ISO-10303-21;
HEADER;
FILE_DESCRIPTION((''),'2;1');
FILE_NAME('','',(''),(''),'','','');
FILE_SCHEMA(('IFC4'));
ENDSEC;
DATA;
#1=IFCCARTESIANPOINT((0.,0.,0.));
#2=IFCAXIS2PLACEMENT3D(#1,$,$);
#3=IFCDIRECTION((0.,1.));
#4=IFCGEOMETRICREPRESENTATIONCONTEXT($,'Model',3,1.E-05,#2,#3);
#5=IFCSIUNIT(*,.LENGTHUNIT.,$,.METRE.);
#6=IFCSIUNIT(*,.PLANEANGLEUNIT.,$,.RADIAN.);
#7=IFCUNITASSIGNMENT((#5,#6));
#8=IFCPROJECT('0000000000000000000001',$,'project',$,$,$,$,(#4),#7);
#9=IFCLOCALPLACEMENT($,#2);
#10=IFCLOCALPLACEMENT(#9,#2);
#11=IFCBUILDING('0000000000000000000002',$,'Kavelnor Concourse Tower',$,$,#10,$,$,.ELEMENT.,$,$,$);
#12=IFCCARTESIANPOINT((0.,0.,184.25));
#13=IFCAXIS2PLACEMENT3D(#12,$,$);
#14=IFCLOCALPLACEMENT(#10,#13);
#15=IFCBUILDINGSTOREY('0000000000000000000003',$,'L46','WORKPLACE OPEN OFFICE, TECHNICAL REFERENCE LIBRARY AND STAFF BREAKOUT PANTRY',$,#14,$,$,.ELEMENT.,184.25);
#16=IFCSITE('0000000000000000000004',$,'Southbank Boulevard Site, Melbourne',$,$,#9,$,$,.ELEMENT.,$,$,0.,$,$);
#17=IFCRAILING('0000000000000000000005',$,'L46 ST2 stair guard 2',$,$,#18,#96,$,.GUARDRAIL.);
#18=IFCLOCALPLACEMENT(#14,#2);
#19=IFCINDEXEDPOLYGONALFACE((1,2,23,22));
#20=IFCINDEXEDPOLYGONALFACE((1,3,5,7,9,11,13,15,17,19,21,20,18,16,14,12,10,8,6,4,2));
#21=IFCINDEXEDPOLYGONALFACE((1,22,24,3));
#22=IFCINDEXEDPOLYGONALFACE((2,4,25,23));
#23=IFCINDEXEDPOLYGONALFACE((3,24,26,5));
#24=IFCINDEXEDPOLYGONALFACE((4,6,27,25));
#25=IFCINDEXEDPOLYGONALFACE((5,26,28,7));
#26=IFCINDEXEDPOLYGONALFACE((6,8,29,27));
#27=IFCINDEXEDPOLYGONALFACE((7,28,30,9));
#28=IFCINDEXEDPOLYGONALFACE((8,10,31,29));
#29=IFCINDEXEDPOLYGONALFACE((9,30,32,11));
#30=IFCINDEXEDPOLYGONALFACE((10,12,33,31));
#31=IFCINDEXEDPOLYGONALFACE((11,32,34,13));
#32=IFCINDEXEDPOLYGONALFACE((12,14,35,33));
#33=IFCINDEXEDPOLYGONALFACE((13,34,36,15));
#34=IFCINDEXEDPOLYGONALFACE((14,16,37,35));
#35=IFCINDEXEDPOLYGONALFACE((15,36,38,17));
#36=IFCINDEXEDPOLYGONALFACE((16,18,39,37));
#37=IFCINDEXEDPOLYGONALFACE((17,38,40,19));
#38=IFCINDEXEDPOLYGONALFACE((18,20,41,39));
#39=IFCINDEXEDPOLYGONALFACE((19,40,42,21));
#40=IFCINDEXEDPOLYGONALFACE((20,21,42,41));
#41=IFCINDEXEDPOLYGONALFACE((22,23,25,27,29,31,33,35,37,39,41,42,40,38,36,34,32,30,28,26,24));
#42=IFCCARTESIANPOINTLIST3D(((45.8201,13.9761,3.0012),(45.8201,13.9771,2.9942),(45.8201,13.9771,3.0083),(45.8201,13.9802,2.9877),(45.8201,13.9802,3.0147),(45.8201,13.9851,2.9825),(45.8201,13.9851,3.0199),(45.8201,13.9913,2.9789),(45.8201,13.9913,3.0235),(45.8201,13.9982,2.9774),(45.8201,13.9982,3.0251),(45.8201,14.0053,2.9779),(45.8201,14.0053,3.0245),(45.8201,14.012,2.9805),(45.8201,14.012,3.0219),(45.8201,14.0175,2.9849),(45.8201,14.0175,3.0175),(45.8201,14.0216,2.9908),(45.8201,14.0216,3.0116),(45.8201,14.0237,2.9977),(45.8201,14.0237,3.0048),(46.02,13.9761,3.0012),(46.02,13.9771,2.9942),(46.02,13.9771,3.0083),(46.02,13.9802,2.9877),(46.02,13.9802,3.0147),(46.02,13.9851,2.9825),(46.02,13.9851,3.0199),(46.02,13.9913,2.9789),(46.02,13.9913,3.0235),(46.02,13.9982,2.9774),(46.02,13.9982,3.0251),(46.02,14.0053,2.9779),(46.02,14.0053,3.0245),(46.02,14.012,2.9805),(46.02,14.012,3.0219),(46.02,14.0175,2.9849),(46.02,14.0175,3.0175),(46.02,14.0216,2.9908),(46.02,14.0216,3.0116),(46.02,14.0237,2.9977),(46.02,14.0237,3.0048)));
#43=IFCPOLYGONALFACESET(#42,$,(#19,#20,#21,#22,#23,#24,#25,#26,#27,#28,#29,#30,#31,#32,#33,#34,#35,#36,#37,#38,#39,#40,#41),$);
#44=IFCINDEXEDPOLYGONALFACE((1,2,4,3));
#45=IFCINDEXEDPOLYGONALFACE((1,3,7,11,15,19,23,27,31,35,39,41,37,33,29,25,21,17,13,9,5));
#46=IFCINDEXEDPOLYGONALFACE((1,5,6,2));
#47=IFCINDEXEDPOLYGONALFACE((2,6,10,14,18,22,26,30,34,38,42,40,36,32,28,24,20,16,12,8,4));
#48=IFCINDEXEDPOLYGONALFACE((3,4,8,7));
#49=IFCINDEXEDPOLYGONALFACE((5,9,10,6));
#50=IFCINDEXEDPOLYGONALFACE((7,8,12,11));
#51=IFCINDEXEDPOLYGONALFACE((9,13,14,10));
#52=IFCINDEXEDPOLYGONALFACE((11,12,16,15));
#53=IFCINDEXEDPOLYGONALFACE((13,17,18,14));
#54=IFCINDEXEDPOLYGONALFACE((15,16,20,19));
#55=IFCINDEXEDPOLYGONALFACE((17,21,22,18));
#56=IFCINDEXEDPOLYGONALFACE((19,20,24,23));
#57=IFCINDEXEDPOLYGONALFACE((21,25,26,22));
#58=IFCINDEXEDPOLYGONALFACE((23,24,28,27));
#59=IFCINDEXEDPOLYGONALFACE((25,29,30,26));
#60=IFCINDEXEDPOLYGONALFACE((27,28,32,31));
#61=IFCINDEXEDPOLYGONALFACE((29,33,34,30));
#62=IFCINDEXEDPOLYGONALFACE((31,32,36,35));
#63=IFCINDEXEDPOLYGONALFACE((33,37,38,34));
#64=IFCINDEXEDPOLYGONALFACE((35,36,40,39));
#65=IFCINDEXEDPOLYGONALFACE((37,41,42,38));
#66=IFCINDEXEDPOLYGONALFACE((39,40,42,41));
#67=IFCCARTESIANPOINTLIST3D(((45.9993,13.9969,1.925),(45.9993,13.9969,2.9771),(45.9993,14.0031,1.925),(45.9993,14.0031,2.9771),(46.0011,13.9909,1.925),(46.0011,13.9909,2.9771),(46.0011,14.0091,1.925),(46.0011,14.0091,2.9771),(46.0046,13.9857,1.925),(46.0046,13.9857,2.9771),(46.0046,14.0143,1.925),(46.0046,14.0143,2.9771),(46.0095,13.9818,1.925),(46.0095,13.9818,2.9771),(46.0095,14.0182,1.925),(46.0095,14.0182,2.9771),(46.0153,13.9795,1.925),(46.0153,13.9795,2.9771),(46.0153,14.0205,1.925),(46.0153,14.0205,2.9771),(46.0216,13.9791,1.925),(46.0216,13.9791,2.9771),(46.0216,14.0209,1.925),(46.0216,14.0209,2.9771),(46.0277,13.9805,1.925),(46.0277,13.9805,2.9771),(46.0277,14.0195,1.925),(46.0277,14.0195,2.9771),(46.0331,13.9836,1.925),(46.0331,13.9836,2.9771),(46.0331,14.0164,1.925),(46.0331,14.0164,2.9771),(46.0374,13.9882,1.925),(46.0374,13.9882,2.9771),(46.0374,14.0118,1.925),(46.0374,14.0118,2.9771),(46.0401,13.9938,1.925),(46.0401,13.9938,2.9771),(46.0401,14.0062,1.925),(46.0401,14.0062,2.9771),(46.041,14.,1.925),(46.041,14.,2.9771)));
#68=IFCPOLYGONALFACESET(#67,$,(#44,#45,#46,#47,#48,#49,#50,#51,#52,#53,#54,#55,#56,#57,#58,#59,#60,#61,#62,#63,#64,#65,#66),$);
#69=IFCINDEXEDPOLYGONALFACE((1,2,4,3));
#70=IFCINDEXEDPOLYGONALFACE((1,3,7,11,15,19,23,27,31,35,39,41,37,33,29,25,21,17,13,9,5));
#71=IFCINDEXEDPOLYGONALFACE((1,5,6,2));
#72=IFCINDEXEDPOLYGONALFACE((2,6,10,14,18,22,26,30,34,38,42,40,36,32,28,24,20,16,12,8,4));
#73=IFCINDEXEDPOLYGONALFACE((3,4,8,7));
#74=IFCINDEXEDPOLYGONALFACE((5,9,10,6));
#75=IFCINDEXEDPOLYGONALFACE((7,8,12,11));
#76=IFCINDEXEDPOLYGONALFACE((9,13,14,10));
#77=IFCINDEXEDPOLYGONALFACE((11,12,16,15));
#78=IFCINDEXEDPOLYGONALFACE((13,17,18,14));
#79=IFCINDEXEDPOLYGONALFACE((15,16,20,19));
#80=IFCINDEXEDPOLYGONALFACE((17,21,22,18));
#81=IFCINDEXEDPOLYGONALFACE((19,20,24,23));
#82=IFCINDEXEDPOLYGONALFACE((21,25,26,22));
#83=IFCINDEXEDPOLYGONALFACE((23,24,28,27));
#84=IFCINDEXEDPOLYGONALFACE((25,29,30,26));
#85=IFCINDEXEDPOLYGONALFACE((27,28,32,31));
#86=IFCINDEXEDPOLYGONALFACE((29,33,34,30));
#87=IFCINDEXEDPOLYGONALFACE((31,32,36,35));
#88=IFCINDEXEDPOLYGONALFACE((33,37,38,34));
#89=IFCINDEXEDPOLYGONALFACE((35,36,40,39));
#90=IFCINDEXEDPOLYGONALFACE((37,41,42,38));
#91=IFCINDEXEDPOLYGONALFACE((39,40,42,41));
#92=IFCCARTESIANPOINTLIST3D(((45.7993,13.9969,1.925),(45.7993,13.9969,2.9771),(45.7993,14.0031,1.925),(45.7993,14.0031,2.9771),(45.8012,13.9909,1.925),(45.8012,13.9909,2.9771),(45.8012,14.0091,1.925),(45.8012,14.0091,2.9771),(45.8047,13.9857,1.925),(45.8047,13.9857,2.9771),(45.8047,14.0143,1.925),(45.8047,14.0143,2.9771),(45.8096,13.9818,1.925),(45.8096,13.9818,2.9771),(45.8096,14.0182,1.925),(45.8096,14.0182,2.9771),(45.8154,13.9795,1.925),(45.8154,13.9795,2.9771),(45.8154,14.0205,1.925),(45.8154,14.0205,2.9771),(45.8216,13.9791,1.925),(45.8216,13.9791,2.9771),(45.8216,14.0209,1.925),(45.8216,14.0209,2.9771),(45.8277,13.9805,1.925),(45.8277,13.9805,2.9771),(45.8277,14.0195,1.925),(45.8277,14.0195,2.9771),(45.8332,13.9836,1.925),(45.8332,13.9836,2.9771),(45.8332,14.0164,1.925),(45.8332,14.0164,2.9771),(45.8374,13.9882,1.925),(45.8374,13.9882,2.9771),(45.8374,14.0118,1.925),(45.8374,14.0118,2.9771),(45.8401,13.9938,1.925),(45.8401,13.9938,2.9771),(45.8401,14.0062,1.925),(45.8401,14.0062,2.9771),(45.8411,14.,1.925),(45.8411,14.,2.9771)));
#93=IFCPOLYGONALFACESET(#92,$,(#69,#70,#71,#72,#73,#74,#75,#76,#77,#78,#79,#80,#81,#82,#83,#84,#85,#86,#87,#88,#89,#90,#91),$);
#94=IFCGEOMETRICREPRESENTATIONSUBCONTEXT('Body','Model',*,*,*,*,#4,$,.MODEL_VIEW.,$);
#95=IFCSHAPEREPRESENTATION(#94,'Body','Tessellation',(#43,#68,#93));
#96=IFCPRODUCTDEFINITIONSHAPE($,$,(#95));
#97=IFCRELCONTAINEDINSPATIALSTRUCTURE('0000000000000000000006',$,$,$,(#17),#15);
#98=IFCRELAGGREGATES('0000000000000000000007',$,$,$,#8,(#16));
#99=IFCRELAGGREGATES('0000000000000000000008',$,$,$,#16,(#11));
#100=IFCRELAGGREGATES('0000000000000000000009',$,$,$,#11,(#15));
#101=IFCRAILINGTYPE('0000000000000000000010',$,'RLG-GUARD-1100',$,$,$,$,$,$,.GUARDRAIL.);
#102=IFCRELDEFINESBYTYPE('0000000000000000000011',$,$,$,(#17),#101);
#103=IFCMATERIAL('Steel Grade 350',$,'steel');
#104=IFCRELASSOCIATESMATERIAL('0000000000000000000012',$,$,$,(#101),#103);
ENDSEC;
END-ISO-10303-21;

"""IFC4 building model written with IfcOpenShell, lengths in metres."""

from ifc_helpers import new_model, si_unit, direction, frame, origin, origin_2d, place, context, subcontext, project, spatial, circle, extrude, material, type_object, element, save


model = new_model("IFC4")

# Units and contexts
model_context = context("Model", 3, precision=1e-05, world=origin(), true_north=direction((0.0, 1.0)))
body_context = subcontext(model_context, "Body", "Model", "MODEL_VIEW")
ifc_project = project(units=[si_unit("LENGTHUNIT", "METRE"), si_unit("PLANEANGLEUNIT", "RADIAN")], contexts=[model_context])

# Site, building, storey
site_placement = place(None, origin())
site = spatial("IfcSite", under=ifc_project, at=site_placement, Name="Southbank Boulevard Site, Melbourne", CompositionType="ELEMENT", RefElevation=0.0)
building_placement = place(site_placement, origin())
building = spatial("IfcBuilding", under=site, at=building_placement, Name="Kavelnor Concourse Tower", CompositionType="ELEMENT")
storey_placement = place(building_placement, frame((0.0, 0.0, 184.25)))
storey = spatial("IfcBuildingStorey", under=building, at=storey_placement, Name="L46", Description="WORKPLACE OPEN OFFICE, TECHNICAL REFERENCE LIBRARY AND STAFF BREAKOUT PANTRY", CompositionType="ELEMENT", Elevation=184.25)

# Shared definitions
ifc_material_1 = material(Name="Steel Grade 350", Category="steel")

# Railing
railing_type_1 = type_object("IfcRailingType", Name="RLG-GUARD-1100", PredefinedType="GUARDRAIL", material=ifc_material_1)
railing_1_placement = place(storey_placement, frame((46.02, 14.0, 1.925)))
element("IfcRailing", 1, at=railing_1_placement, inside=storey, type_object=railing_type_1, Name="L46 ST2 stair guard 2", PredefinedType="GUARDRAIL", context=body_context, shape_type="SweptSolid", body=[
    extrude(circle(Radius=0.0239, at=origin_2d()), frame((0.0, 0.0, 1.0762), z_axis=(-1.0, 0.0, 0.0), x_axis=(0.0, -1.0, 0.0)), (0.0, 0.0, 1.0), 0.2),
    extrude(circle(Radius=0.021, at=origin_2d()), origin(), (0.0, 0.0, 1.0), 1.052),
    extrude(circle(Radius=0.021, at=origin_2d()), frame((-0.2, 0.0, 0.0)), (0.0, 0.0, 1.0), 1.052),
])

save(model, "model.ifc")
